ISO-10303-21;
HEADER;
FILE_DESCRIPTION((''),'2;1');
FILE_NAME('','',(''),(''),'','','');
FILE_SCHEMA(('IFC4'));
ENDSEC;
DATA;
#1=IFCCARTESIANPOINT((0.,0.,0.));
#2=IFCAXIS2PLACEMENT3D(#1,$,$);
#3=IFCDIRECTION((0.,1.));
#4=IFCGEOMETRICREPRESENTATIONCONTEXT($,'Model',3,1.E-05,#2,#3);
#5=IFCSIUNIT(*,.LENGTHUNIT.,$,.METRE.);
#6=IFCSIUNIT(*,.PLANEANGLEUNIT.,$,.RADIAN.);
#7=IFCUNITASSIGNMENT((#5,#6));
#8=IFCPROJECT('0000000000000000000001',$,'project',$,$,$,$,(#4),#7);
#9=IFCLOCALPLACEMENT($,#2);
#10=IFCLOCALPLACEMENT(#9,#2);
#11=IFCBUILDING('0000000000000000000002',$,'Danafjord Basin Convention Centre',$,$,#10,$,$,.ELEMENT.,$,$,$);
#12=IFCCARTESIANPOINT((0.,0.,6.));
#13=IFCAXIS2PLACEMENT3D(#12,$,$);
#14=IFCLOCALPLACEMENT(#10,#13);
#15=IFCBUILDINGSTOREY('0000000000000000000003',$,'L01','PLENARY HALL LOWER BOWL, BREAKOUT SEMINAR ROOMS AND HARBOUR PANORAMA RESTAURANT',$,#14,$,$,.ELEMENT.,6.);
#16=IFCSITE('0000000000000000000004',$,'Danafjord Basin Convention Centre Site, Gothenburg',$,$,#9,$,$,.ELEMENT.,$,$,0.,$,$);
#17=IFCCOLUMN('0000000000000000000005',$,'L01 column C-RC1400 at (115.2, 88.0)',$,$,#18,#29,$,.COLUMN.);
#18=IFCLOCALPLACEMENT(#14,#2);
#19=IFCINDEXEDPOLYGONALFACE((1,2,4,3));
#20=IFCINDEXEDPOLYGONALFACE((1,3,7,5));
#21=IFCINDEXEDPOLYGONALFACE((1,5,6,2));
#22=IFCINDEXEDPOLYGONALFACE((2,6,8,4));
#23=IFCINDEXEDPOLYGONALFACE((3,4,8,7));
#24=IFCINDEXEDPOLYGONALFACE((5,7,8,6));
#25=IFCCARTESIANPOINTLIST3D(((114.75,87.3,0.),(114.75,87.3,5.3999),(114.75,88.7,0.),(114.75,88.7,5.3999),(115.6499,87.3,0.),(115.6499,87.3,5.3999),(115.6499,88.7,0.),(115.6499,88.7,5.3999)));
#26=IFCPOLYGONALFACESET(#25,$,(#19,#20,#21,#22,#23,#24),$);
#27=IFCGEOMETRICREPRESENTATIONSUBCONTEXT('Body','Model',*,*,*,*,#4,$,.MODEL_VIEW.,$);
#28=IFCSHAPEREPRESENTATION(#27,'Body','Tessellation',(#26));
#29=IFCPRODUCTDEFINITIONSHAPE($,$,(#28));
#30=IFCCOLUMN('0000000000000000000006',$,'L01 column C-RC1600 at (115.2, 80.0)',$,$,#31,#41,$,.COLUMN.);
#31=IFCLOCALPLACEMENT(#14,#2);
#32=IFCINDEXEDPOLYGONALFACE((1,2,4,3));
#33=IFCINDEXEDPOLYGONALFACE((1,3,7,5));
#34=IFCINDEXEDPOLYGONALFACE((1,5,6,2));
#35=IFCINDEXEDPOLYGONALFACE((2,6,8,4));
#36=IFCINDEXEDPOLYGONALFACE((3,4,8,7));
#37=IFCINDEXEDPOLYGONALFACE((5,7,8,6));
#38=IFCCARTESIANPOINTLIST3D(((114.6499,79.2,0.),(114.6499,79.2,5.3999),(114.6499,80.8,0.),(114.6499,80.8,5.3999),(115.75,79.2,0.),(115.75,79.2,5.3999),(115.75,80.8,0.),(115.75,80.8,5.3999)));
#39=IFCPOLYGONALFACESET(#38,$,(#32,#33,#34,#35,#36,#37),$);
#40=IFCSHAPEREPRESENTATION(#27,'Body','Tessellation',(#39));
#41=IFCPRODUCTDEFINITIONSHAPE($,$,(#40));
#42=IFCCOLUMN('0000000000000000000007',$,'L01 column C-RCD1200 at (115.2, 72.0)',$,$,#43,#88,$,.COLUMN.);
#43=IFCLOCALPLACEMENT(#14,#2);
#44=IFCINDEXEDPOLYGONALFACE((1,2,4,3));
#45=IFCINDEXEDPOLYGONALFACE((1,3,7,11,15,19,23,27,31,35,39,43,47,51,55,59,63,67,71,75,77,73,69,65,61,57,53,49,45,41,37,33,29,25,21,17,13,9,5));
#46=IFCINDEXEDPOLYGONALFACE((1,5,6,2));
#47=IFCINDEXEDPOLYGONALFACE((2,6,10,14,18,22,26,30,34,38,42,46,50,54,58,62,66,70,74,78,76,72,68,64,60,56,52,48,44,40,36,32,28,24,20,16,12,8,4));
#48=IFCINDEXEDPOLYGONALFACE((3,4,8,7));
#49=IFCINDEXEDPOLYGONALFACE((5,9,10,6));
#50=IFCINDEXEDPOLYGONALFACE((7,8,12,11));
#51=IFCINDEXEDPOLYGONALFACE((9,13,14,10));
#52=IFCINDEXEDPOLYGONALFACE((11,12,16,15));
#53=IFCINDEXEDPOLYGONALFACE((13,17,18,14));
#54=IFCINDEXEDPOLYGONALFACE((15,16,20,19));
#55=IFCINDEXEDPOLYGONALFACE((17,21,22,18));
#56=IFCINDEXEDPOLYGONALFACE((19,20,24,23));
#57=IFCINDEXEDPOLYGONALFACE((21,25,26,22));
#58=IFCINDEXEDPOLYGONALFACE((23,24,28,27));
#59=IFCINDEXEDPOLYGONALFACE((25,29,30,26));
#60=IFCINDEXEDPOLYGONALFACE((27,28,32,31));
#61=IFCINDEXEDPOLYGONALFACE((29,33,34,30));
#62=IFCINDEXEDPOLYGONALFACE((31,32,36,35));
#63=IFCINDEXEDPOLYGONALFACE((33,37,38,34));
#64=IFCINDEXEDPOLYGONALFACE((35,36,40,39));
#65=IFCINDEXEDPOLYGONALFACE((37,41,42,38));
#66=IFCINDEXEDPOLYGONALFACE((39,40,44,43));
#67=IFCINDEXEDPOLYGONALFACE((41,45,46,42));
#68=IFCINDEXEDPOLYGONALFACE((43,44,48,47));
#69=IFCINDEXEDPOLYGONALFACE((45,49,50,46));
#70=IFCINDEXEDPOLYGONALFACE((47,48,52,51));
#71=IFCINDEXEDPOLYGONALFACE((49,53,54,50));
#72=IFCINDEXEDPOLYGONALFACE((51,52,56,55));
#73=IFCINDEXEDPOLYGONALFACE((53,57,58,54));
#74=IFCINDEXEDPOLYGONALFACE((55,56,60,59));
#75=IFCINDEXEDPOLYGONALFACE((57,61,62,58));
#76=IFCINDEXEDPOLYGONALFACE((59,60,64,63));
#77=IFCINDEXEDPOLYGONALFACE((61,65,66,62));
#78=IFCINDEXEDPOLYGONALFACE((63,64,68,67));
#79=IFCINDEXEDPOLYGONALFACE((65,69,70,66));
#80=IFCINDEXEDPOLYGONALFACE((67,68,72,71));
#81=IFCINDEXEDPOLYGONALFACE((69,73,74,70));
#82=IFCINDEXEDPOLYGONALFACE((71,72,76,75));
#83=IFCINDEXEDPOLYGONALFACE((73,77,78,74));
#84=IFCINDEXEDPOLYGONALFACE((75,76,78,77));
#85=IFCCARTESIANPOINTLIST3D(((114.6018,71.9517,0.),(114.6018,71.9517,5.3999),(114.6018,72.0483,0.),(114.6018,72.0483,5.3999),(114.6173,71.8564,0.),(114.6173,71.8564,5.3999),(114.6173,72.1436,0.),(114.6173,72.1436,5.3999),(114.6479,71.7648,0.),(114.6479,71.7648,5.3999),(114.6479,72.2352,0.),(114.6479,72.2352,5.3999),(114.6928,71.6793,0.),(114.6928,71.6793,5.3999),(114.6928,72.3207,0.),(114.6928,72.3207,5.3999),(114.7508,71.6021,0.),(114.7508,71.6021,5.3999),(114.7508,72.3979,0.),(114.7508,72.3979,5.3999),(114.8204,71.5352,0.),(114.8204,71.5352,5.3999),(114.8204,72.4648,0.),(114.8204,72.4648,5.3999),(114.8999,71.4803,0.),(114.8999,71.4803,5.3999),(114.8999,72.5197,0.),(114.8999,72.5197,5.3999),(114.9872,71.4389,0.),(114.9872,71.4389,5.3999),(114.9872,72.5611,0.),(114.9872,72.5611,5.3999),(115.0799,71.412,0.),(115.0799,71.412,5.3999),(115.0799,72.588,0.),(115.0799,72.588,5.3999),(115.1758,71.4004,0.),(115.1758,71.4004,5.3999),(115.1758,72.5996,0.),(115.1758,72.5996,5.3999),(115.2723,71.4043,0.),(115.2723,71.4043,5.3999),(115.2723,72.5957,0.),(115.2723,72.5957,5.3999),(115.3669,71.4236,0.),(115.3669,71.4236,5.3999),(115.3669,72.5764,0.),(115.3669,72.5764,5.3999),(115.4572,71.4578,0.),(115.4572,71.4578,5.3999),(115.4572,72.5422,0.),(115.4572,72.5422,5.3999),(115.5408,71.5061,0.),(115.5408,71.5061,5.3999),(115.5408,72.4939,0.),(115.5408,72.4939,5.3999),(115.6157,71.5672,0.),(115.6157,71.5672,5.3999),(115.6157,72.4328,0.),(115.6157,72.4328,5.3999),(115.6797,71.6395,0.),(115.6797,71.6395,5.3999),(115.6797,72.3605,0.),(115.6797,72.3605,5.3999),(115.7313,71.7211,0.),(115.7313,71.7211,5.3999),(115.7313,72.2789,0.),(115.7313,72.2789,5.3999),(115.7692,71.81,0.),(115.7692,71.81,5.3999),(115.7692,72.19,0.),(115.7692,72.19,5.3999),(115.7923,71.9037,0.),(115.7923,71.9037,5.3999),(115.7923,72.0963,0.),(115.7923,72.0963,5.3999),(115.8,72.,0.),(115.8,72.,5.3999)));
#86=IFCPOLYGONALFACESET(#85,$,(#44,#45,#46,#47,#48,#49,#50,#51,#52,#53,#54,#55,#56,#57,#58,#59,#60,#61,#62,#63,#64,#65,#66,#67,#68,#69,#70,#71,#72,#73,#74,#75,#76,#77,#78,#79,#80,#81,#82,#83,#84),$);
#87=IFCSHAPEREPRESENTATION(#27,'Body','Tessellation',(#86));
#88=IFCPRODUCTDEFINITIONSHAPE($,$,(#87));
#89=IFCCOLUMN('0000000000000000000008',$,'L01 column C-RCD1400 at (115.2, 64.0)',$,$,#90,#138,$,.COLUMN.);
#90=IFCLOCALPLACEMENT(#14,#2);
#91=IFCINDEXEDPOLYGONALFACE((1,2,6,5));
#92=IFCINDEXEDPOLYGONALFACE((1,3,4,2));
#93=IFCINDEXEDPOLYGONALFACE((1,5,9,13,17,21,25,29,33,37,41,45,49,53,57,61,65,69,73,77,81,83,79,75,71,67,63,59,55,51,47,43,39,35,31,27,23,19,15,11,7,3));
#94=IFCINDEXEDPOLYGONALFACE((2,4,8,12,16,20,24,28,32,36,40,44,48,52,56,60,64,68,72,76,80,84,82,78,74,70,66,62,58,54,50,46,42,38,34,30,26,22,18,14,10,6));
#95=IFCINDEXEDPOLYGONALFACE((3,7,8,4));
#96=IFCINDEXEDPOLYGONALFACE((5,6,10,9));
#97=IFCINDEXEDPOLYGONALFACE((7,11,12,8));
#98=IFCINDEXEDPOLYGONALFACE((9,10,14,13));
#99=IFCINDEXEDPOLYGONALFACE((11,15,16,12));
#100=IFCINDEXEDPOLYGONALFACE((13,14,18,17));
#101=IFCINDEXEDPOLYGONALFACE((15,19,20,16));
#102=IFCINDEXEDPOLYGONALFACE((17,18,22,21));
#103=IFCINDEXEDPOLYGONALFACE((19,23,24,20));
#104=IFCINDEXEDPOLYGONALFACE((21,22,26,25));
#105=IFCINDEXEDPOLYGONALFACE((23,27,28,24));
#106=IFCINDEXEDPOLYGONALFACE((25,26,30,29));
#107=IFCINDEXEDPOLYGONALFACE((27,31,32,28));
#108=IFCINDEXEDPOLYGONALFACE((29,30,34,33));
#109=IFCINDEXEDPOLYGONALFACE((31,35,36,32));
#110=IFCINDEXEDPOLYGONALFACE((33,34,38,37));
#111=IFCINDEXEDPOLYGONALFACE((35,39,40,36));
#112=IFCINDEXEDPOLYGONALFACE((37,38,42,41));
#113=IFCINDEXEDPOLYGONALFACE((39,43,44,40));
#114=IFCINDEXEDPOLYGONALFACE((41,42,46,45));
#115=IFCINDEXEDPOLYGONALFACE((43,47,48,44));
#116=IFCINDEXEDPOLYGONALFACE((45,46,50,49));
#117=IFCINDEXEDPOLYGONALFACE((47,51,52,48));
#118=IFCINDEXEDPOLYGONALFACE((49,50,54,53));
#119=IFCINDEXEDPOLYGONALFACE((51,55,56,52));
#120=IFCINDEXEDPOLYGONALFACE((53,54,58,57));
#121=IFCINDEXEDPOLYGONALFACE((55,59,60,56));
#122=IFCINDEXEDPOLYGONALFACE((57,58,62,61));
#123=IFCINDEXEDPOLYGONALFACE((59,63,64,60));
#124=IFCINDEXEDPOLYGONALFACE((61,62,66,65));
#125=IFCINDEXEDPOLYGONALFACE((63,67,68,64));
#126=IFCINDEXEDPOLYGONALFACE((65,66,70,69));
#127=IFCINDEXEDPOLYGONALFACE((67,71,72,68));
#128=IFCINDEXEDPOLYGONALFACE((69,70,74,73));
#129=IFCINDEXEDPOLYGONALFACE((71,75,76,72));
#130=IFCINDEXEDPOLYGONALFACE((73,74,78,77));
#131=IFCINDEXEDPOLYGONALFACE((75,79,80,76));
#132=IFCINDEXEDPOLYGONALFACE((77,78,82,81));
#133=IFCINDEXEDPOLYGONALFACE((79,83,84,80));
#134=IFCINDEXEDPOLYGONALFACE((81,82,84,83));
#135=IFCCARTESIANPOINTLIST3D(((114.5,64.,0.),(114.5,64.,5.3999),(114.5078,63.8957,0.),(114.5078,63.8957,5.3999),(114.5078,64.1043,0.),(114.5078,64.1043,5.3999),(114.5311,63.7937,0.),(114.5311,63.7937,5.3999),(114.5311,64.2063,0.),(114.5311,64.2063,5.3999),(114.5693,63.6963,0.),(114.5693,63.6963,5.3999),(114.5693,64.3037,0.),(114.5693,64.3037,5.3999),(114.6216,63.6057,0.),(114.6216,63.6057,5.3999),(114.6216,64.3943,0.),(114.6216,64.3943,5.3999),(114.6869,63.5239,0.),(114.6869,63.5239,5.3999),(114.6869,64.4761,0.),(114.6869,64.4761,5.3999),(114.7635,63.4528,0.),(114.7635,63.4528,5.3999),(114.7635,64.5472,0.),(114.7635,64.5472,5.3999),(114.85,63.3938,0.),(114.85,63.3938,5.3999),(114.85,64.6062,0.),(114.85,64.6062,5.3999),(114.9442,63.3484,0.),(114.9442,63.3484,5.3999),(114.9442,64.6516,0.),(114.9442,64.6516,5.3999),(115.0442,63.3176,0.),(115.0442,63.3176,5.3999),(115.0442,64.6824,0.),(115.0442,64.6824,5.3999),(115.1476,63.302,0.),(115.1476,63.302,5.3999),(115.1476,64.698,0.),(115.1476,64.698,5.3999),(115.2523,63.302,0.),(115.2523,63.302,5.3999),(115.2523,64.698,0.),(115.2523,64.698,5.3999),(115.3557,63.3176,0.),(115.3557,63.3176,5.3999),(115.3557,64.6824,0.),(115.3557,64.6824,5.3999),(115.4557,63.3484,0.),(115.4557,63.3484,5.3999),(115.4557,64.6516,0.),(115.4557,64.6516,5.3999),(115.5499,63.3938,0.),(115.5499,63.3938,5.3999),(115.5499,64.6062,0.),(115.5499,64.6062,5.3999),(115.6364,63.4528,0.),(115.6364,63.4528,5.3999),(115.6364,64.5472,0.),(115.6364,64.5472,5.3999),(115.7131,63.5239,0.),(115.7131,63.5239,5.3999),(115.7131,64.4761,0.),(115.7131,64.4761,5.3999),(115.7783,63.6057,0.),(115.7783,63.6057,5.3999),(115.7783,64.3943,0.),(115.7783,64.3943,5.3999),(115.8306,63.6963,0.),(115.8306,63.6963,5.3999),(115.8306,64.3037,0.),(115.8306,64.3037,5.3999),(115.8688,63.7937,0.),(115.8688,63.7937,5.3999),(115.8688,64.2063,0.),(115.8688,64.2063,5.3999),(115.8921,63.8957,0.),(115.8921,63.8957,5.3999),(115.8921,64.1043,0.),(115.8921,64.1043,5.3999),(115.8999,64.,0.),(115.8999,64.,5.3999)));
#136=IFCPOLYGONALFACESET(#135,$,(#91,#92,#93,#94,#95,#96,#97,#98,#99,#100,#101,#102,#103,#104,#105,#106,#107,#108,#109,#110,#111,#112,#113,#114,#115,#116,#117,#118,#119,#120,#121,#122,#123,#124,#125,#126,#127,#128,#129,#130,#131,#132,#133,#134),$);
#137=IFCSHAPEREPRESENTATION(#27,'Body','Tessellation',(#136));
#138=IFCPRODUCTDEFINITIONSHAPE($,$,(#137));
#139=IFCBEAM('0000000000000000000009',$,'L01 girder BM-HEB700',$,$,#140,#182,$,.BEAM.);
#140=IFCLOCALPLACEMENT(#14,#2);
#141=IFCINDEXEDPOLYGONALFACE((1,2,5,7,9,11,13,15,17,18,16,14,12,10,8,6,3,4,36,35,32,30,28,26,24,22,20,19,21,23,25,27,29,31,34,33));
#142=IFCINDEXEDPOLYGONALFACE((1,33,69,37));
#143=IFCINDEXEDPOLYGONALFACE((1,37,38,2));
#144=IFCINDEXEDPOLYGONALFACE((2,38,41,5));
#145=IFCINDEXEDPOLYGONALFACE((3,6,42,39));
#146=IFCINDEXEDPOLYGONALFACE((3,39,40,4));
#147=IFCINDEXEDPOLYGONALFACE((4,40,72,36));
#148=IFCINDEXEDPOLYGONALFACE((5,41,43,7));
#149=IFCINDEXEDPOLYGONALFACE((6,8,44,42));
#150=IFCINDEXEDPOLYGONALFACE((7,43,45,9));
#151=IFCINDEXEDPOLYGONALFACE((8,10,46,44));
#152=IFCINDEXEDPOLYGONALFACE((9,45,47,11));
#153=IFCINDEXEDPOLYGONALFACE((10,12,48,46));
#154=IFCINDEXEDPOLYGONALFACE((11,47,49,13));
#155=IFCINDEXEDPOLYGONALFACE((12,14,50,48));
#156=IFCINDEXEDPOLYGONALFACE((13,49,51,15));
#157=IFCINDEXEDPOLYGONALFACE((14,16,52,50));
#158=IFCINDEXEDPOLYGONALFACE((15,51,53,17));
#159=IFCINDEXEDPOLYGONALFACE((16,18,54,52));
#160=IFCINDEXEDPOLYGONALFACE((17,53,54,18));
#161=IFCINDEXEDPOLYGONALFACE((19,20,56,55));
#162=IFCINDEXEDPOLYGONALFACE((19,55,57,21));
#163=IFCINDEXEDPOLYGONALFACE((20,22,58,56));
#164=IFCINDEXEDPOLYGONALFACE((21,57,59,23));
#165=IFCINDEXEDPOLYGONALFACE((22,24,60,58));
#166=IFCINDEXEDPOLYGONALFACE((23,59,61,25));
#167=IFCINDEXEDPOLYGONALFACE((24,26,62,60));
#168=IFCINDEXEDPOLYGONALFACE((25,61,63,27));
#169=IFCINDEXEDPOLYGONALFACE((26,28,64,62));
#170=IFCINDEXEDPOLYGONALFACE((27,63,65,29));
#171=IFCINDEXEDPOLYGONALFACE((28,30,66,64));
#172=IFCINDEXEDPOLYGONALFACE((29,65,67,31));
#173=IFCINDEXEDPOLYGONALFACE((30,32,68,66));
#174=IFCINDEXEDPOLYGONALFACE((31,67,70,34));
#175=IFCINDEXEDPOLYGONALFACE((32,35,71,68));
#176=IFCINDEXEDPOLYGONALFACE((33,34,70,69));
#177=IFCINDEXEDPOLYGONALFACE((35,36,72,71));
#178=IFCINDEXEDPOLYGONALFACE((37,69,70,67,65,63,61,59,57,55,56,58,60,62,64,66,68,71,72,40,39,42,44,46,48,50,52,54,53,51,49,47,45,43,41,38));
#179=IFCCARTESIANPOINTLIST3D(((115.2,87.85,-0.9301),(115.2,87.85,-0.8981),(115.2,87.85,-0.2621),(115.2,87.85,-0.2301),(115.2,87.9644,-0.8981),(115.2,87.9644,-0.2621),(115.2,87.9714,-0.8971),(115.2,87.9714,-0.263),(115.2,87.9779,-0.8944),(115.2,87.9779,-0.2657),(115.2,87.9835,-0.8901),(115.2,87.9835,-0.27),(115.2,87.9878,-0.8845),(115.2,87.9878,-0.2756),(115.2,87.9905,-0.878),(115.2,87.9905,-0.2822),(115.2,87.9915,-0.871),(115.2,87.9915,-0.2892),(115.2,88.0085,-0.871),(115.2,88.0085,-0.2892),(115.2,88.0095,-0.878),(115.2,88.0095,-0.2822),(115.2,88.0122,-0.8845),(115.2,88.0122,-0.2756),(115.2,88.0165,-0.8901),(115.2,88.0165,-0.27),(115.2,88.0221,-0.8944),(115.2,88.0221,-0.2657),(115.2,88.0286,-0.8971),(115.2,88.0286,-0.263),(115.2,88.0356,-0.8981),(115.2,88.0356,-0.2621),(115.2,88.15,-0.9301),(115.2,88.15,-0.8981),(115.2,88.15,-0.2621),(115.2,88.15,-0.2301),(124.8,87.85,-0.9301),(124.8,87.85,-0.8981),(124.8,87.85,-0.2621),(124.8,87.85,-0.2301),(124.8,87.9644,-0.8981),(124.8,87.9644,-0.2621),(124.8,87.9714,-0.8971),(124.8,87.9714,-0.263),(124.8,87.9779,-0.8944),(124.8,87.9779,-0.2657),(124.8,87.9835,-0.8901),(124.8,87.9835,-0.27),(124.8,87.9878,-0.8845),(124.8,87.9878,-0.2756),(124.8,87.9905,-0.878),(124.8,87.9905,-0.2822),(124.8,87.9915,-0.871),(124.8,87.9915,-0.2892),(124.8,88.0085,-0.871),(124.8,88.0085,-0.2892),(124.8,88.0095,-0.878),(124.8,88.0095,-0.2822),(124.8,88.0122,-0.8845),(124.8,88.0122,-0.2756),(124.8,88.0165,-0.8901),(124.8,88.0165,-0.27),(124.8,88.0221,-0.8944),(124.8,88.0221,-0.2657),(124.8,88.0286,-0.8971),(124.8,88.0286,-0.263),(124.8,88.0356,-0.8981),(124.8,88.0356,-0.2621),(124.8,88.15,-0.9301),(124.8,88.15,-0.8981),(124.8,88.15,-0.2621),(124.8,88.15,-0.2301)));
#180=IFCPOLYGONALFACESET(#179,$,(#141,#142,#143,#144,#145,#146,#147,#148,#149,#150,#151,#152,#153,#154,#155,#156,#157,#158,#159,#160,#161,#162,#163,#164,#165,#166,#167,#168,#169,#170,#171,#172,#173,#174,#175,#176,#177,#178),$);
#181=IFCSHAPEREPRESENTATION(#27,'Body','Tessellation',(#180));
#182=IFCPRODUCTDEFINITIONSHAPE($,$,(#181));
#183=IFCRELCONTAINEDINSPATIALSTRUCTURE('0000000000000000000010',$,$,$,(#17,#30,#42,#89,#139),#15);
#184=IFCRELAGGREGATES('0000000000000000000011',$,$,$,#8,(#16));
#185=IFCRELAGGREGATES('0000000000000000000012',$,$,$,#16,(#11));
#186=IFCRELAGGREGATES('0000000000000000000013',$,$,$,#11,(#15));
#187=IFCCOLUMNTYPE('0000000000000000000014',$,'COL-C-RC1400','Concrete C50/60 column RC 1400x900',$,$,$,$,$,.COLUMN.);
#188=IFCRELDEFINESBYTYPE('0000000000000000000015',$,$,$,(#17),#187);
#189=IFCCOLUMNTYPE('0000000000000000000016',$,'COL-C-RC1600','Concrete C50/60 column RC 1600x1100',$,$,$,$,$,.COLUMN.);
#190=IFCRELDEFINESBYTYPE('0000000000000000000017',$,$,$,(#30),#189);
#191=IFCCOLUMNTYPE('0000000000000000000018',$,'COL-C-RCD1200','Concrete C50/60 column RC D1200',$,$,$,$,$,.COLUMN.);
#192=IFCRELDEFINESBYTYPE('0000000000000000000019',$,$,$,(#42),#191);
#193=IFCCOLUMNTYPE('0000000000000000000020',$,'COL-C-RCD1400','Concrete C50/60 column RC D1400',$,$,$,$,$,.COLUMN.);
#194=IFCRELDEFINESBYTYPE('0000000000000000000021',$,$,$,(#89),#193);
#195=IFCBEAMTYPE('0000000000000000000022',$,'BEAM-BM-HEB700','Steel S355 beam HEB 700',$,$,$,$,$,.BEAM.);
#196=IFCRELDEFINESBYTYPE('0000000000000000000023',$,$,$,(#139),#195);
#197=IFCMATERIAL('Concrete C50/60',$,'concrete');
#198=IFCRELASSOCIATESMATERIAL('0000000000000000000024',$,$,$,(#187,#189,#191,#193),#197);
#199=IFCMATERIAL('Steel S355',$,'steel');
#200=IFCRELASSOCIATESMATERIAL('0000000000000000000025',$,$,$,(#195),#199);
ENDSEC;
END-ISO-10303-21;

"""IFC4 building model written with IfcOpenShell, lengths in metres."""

from ifc_helpers import new_model, si_unit, direction, frame, origin, origin_2d, place, context, subcontext, project, spatial, rectangle, circle, i_section, extrude, material, material_profile, profile_set, type_object, element, save


model = new_model("IFC4")

# Units and contexts
model_context = context("Model", 3, precision=1e-05, world=origin(), true_north=direction((0.0, 1.0)))
body_context = subcontext(model_context, "Body", "Model", "MODEL_VIEW")
ifc_project = project(units=[si_unit("LENGTHUNIT", "METRE"), si_unit("PLANEANGLEUNIT", "RADIAN")], contexts=[model_context])

# Site, building, storey
site_placement = place(None, origin())
site = spatial("IfcSite", under=ifc_project, at=site_placement, Name="Danafjord Basin Convention Centre Site, Gothenburg", CompositionType="ELEMENT", RefElevation=0.0)
building_placement = place(site_placement, origin())
building = spatial("IfcBuilding", under=site, at=building_placement, Name="Danafjord Basin Convention Centre", CompositionType="ELEMENT")
storey_placement = place(building_placement, frame((0.0, 0.0, 6.0)))
storey = spatial("IfcBuildingStorey", under=building, at=storey_placement, Name="L01", Description="PLENARY HALL LOWER BOWL, BREAKOUT SEMINAR ROOMS AND HARBOUR PANORAMA RESTAURANT", CompositionType="ELEMENT", Elevation=6.0)

# Columns
ifc_material_1 = material(Name="Concrete C50/60", Category="concrete")
ifc_material_profile_1 = material_profile(ifc_material_1, rectangle(XDim=0.8999, YDim=1.3999, at=origin_2d()), Name="RC 1400x900")
ifc_profile_set_1 = profile_set([ifc_material_profile_1], Name="Concrete C50/60")
column_type_1 = type_object("IfcColumnType", Name="COL-C-RC1400", Description="Concrete C50/60 column RC 1400x900", PredefinedType="COLUMN", material=ifc_profile_set_1)
column_1_placement = place(storey_placement, frame((115.2, 88.0, 0.0), z_axis=(0.0, 0.0, 1.0), x_axis=(1.0, 0.0, 0.0)))
element("IfcColumn", 1, at=column_1_placement, inside=storey, type_object=column_type_1, Name="L01 column C-RC1400 at (115.2, 88.0)", PredefinedType="COLUMN", context=body_context, shape_type="SweptSolid", body=[
    extrude(rectangle(XDim=0.8999, YDim=1.3999, at=origin_2d()), origin(), (0.0, 0.0, 1.0), 5.3999),
])
ifc_material_profile_2 = material_profile(ifc_material_1, rectangle(XDim=1.1001, YDim=1.6001, at=origin_2d()), Name="RC 1600x1100")
ifc_profile_set_2 = profile_set([ifc_material_profile_2], Name="Concrete C50/60")
column_type_2 = type_object("IfcColumnType", Name="COL-C-RC1600", Description="Concrete C50/60 column RC 1600x1100", PredefinedType="COLUMN", material=ifc_profile_set_2)
column_2_placement = place(storey_placement, frame((115.2, 80.0, 0.0), z_axis=(0.0, 0.0, 1.0), x_axis=(1.0, 0.0, 0.0)))
element("IfcColumn", 2, at=column_2_placement, inside=storey, type_object=column_type_2, Name="L01 column C-RC1600 at (115.2, 80.0)", PredefinedType="COLUMN", context=body_context, shape_type="SweptSolid", body=[
    extrude(rectangle(XDim=1.1001, YDim=1.6001, at=origin_2d()), origin(), (0.0, 0.0, 1.0), 5.3999),
])
ifc_material_profile_3 = material_profile(ifc_material_1, circle(Radius=0.6001, at=origin_2d()), Name="RC D1200")
ifc_profile_set_3 = profile_set([ifc_material_profile_3], Name="Concrete C50/60")
column_type_3 = type_object("IfcColumnType", Name="COL-C-RCD1200", Description="Concrete C50/60 column RC D1200", PredefinedType="COLUMN", material=ifc_profile_set_3)
column_3_placement = place(storey_placement, frame((115.2, 72.0, 0.0), z_axis=(0.0, 0.0, 1.0), x_axis=(1.0, 0.0, 0.0)))
element("IfcColumn", 3, at=column_3_placement, inside=storey, type_object=column_type_3, Name="L01 column C-RCD1200 at (115.2, 72.0)", PredefinedType="COLUMN", context=body_context, shape_type="SweptSolid", body=[
    extrude(circle(Radius=0.6001, at=origin_2d()), origin(), (0.0, 0.0, 1.0), 5.3999),
])
ifc_material_profile_4 = material_profile(ifc_material_1, circle(Radius=0.7, at=origin_2d()), Name="RC D1400")
ifc_profile_set_4 = profile_set([ifc_material_profile_4], Name="Concrete C50/60")
column_type_4 = type_object("IfcColumnType", Name="COL-C-RCD1400", Description="Concrete C50/60 column RC D1400", PredefinedType="COLUMN", material=ifc_profile_set_4)
column_4_placement = place(storey_placement, frame((115.2, 64.0, 0.0), z_axis=(0.0, 0.0, 1.0), x_axis=(1.0, 0.0, 0.0)))
element("IfcColumn", 4, at=column_4_placement, inside=storey, type_object=column_type_4, Name="L01 column C-RCD1400 at (115.2, 64.0)", PredefinedType="COLUMN", context=body_context, shape_type="SweptSolid", body=[
    extrude(circle(Radius=0.7, at=origin_2d()), origin(), (0.0, 0.0, 1.0), 5.3999),
])

# Beam
ifc_material_2 = material(Name="Steel S355", Category="steel")
ifc_material_profile_5 = material_profile(ifc_material_2, i_section(OverallWidth=0.3, OverallDepth=0.7, WebThickness=0.0171, FlangeThickness=0.032, FilletRadius=0.0271, at=origin_2d()), Name="HEB 700")
ifc_profile_set_5 = profile_set([ifc_material_profile_5], Name="Steel S355")
beam_type_1 = type_object("IfcBeamType", Name="BEAM-BM-HEB700", Description="Steel S355 beam HEB 700", PredefinedType="BEAM", material=ifc_profile_set_5)
beam_1_placement = place(storey_placement, frame((115.2, 88.0, -0.5801), z_axis=(1.0, 0.0, 0.0), x_axis=(0.0, 1.0, 0.0)))
element("IfcBeam", 5, at=beam_1_placement, inside=storey, type_object=beam_type_1, Name="L01 girder BM-HEB700", PredefinedType="BEAM", context=body_context, shape_type="SweptSolid", body=[
    extrude(i_section(OverallWidth=0.3, OverallDepth=0.7, WebThickness=0.0171, FlangeThickness=0.032, FilletRadius=0.0271, at=origin_2d()), origin(), (0.0, 0.0, 1.0), 9.6001),
])

save(model, "model.ifc")
